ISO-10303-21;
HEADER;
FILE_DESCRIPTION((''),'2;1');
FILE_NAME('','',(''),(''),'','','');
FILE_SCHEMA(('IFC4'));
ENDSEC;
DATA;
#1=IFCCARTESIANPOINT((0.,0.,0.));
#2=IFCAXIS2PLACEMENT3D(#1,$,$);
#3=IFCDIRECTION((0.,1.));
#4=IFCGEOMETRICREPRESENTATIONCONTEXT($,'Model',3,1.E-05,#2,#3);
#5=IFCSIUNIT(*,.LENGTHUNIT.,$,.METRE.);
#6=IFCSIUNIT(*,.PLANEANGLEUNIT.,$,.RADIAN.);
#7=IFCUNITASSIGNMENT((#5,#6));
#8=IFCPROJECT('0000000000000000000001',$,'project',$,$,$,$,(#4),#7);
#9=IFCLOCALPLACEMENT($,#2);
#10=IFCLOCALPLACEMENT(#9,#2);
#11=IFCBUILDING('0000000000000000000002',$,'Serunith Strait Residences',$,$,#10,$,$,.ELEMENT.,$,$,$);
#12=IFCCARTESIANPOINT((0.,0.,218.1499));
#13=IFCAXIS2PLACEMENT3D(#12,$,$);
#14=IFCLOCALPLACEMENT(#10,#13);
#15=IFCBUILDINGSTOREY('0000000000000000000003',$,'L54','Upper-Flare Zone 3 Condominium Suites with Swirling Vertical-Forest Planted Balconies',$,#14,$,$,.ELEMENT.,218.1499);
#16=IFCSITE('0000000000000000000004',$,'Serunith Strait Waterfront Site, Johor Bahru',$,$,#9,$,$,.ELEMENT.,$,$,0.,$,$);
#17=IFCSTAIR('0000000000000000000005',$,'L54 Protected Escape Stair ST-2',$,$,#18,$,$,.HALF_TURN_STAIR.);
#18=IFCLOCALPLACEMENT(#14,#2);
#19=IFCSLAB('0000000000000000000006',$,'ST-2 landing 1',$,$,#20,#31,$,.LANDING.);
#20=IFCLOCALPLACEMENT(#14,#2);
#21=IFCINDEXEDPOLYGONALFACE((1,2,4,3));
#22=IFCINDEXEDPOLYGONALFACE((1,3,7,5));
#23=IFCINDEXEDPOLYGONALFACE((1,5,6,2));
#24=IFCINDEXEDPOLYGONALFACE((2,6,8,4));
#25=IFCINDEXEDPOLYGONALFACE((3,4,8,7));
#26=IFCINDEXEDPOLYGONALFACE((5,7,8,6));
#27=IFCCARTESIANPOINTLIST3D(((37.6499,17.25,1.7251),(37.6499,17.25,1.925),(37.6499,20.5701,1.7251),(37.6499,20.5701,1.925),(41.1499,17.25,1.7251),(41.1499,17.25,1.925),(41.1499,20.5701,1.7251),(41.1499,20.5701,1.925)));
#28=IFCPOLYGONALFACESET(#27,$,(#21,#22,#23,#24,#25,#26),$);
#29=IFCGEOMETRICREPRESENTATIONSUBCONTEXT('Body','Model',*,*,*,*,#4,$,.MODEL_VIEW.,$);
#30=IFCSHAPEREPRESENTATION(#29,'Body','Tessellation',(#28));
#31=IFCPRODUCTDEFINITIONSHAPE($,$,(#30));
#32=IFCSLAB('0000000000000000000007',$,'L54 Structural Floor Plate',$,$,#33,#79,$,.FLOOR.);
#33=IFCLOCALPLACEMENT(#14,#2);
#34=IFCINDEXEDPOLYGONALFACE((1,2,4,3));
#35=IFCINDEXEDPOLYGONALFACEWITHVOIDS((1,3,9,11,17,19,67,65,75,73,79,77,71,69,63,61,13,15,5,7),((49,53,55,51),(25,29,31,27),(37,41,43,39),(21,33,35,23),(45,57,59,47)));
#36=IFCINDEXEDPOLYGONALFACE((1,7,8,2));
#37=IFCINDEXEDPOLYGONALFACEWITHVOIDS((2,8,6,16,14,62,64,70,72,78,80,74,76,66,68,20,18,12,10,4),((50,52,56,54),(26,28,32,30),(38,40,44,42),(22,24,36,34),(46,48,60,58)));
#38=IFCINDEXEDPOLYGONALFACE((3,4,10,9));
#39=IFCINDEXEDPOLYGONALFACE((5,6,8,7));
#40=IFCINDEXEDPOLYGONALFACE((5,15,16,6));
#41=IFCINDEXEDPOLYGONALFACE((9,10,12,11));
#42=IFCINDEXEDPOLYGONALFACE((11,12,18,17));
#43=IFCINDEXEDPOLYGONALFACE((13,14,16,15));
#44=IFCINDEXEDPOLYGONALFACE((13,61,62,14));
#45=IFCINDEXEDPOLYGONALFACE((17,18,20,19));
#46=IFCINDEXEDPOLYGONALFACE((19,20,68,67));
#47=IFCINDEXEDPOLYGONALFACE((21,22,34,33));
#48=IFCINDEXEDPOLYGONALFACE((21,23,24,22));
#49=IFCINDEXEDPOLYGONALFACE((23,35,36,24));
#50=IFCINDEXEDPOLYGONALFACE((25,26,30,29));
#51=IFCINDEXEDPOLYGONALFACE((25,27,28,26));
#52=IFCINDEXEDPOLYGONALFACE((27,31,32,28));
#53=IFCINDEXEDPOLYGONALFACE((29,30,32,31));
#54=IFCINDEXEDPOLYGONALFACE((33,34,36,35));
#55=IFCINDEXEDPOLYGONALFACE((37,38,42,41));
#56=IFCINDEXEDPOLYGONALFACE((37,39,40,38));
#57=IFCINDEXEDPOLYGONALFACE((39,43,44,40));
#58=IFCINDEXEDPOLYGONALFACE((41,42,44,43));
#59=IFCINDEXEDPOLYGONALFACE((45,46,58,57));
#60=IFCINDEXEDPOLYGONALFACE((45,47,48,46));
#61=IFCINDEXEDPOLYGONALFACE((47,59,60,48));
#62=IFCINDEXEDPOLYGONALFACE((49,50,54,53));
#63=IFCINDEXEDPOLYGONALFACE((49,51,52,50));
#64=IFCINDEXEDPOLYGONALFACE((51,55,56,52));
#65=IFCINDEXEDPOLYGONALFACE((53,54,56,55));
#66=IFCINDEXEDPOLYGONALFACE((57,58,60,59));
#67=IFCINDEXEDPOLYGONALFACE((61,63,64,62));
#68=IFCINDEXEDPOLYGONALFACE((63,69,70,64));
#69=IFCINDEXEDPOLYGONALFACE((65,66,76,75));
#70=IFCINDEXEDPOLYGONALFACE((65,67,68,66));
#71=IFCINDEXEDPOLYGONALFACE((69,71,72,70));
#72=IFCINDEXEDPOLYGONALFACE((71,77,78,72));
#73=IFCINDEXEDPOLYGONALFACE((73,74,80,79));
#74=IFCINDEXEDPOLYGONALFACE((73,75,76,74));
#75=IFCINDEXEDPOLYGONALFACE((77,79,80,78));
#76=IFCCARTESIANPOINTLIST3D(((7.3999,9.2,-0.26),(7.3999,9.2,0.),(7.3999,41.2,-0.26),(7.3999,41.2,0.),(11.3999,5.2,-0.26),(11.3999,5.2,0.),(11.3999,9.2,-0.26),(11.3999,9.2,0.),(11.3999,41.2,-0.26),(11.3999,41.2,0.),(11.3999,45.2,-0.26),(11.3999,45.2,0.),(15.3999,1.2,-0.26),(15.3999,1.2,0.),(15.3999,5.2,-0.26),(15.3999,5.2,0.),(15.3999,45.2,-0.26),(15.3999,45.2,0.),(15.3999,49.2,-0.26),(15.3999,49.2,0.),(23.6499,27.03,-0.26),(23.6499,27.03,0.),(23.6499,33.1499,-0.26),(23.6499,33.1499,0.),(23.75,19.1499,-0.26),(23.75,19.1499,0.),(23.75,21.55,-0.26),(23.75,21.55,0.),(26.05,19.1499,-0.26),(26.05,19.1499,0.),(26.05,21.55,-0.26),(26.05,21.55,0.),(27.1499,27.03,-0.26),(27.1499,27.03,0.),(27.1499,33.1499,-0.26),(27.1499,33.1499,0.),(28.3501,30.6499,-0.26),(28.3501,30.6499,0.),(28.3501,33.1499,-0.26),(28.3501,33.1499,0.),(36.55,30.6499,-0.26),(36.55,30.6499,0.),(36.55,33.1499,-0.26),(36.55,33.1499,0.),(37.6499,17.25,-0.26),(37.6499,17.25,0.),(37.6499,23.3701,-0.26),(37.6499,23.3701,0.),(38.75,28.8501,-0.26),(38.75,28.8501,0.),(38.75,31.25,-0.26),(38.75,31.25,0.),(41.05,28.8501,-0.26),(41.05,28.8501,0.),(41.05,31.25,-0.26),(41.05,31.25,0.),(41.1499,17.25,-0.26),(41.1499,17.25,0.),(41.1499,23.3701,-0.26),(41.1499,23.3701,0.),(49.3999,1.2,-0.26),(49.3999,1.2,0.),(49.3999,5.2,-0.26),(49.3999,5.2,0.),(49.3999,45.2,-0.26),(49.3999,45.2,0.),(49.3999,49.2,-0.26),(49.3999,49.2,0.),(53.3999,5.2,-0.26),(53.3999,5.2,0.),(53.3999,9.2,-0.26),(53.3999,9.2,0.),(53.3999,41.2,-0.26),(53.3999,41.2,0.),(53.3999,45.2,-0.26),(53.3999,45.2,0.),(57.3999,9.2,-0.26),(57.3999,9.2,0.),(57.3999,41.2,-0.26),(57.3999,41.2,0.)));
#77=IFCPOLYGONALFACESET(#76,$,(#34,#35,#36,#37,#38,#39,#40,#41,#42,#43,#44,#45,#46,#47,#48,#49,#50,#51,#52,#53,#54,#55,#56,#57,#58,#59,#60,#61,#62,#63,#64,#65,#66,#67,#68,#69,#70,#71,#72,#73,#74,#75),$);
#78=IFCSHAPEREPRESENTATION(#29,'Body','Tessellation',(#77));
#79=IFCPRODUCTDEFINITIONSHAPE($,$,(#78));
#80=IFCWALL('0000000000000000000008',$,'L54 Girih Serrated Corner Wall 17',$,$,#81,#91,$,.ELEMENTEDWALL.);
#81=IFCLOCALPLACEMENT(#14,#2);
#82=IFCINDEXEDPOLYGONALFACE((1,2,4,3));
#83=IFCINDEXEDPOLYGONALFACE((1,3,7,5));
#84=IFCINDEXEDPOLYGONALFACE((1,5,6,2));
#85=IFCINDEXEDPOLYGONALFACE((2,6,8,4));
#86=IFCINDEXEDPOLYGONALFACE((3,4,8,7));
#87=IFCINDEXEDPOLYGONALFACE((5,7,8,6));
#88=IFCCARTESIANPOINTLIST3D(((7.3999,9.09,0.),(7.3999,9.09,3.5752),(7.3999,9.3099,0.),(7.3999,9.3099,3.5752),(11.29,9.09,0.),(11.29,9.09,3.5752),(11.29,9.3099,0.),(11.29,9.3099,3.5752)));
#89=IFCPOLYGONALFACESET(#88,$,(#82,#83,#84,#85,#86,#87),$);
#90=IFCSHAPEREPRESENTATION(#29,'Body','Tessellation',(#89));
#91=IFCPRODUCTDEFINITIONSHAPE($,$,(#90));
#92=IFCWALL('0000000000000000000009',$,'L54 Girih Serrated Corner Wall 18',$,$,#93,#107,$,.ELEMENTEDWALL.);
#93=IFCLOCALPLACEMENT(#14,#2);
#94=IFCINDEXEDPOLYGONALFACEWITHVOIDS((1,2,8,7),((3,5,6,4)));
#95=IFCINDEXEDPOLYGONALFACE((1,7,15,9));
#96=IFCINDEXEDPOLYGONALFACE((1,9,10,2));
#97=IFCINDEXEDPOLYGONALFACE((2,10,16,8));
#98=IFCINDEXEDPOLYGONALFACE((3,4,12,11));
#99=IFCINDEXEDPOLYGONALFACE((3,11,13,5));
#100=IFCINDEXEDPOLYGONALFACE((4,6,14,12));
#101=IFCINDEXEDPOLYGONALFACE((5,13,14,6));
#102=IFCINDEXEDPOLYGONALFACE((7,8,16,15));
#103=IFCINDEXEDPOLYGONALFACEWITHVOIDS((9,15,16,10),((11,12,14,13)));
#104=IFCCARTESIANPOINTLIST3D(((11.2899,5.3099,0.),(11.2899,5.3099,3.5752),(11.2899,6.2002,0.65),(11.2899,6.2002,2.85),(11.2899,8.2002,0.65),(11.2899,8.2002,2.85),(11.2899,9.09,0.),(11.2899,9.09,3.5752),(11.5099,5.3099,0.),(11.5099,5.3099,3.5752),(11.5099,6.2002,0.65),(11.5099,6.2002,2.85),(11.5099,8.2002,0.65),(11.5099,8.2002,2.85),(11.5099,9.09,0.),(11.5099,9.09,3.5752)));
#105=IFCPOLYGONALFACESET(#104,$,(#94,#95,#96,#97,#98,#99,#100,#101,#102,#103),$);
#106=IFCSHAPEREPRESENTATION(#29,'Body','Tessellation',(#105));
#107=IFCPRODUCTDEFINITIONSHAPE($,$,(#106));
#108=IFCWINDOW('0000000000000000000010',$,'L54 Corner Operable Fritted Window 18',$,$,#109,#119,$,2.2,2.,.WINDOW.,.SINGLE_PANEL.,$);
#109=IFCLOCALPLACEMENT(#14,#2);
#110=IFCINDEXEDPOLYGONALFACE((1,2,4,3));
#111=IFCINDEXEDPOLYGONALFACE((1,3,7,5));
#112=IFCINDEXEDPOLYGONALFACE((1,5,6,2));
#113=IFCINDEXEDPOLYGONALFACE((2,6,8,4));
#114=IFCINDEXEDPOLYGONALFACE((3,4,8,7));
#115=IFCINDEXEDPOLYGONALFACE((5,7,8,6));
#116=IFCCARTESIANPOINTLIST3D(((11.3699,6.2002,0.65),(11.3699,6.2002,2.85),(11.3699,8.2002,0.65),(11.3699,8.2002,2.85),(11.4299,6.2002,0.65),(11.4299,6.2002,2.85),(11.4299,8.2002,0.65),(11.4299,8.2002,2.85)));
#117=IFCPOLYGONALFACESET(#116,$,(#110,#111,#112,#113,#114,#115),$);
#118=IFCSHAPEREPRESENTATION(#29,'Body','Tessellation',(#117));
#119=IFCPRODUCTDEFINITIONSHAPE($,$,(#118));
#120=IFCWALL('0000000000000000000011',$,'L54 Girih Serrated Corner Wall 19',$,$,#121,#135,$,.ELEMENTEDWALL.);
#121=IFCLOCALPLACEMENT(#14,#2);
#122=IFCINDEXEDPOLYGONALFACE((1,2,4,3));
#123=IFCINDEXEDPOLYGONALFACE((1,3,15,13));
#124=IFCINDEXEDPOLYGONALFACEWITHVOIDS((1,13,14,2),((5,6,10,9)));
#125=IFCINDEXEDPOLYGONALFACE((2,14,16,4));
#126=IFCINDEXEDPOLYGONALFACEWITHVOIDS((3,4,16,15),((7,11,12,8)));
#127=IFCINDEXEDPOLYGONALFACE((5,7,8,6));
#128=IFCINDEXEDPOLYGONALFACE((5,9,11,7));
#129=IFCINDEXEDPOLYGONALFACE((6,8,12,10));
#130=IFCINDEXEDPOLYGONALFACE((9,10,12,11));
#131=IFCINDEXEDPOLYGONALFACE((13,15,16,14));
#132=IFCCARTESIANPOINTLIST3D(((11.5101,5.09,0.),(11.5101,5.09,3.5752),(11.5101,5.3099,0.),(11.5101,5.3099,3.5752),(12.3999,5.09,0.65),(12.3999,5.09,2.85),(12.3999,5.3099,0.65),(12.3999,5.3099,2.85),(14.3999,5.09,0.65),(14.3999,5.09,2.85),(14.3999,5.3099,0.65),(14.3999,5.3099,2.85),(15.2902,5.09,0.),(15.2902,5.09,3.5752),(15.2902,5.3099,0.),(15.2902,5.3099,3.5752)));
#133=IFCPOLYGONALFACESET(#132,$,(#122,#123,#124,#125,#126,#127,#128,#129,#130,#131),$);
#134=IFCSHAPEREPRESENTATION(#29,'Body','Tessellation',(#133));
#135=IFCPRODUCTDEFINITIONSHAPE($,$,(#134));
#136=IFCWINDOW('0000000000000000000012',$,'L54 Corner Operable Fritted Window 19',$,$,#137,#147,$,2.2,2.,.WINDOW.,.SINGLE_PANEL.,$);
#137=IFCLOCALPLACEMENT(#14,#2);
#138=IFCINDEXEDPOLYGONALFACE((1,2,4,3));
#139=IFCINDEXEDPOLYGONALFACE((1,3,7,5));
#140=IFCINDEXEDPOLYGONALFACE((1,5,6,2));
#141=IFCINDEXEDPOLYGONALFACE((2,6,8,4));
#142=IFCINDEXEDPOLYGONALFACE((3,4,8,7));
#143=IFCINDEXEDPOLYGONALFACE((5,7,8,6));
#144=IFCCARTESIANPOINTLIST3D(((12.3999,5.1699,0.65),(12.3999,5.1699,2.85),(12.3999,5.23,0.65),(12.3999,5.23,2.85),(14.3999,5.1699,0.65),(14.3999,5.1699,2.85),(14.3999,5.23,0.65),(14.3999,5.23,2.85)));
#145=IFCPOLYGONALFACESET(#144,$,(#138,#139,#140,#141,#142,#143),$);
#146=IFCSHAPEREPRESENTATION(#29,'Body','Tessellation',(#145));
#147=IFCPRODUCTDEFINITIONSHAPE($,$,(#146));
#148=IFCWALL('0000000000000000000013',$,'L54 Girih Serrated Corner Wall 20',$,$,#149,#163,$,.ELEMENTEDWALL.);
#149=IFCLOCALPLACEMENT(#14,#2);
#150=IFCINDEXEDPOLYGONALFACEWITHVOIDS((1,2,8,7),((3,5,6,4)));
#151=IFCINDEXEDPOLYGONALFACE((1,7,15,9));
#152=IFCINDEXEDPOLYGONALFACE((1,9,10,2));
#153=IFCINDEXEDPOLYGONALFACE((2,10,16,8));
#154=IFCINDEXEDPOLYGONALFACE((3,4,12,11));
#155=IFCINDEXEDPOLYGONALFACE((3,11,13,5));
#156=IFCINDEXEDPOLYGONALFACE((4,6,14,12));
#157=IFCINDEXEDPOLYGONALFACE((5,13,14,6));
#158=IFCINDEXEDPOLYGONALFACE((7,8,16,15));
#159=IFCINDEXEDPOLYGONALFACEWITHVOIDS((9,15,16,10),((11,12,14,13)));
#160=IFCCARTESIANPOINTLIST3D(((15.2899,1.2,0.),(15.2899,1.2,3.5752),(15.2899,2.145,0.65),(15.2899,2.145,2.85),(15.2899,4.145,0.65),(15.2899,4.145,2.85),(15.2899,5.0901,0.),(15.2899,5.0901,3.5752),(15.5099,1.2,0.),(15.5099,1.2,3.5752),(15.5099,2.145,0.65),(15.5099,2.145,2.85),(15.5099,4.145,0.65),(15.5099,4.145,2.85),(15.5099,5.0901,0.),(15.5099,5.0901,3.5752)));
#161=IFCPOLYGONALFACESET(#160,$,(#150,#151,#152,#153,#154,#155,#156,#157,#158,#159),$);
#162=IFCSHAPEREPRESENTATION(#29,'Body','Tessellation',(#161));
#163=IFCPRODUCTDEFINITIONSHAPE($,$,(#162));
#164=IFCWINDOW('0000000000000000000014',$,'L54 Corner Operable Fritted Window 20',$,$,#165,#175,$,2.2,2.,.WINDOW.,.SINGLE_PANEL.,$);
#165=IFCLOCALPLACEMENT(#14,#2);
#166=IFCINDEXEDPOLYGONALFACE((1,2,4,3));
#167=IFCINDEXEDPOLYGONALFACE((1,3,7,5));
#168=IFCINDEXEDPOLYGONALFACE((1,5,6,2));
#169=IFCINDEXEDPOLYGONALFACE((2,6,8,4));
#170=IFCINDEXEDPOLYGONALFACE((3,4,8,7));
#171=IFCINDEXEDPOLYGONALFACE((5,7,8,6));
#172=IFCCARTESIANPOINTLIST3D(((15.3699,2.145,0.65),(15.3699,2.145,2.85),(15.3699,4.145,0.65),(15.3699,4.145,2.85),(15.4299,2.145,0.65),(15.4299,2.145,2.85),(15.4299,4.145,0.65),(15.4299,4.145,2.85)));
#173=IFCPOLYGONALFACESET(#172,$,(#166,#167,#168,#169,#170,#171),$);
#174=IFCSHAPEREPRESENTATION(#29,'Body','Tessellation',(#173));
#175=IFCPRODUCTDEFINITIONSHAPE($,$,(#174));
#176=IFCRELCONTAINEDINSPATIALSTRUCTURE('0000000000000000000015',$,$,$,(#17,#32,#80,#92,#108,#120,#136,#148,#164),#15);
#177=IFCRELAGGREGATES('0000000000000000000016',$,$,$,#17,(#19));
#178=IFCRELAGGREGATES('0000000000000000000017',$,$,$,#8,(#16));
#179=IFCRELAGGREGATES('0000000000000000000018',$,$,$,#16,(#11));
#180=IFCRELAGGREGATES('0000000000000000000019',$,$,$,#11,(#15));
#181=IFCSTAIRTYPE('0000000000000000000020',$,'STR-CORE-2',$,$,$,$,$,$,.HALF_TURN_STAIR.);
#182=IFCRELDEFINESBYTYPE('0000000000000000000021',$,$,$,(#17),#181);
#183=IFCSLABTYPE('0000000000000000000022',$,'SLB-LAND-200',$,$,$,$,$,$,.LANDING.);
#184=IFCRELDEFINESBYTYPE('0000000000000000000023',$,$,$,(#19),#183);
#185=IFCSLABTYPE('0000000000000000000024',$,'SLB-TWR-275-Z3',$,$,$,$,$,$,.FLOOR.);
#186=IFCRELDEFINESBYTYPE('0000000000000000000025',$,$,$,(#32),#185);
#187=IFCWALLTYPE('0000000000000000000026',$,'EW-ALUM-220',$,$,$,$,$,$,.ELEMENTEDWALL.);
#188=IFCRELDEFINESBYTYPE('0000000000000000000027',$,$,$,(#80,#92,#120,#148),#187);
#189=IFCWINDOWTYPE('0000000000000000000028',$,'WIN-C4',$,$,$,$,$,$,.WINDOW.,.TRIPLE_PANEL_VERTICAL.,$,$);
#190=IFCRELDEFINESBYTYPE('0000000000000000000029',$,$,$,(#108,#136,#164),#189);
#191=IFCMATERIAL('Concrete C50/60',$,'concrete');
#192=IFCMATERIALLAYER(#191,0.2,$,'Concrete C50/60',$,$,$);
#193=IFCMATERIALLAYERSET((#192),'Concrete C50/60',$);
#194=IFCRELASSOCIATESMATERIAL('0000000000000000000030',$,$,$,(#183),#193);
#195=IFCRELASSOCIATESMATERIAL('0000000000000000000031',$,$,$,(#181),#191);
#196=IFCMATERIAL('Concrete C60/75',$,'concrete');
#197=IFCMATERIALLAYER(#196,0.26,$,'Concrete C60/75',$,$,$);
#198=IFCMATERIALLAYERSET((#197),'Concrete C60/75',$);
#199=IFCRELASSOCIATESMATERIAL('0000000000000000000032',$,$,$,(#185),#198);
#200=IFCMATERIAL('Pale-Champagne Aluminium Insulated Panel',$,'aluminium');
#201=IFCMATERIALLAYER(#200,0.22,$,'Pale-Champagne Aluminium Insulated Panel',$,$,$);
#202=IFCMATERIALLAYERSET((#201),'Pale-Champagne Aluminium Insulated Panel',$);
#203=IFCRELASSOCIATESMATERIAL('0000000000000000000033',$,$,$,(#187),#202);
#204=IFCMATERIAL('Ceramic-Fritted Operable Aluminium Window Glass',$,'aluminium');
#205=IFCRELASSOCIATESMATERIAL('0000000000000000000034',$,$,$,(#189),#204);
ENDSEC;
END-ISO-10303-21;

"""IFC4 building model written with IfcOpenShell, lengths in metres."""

from ifc_helpers import new_model, si_unit, direction, frame, frame_2d, origin, place, context, subcontext, project, spatial, polyline, rectangle, outline, extrude, source, transform, mapped, material, layer, layer_set, type_object, element, fill, aggregate, save


model = new_model("IFC4")

# Units and contexts
model_context = context("Model", 3, precision=1e-05, world=origin(), true_north=direction((0.0, 1.0)))
body_context = subcontext(model_context, "Body", "Model", "MODEL_VIEW")
ifc_project = project(units=[si_unit("LENGTHUNIT", "METRE"), si_unit("PLANEANGLEUNIT", "RADIAN")], contexts=[model_context])

# Site, building, storey
site_placement = place(None, origin())
site = spatial("IfcSite", under=ifc_project, at=site_placement, Name="Serunith Strait Waterfront Site, Johor Bahru", CompositionType="ELEMENT", RefElevation=0.0)
building_placement = place(site_placement, origin())
building = spatial("IfcBuilding", under=site, at=building_placement, Name="Serunith Strait Residences", CompositionType="ELEMENT")
storey_placement = place(building_placement, frame((0.0, 0.0, 218.1499)))
storey = spatial("IfcBuildingStorey", under=building, at=storey_placement, Name="L54", Description="Upper-Flare Zone 3 Condominium Suites with Swirling Vertical-Forest Planted Balconies", CompositionType="ELEMENT", Elevation=218.1499)

# Shared definitions
ifc_material_1 = material(Name="Concrete C50/60", Category="concrete")

# Stair, slab
ifc_layer_1 = layer(ifc_material_1, 0.2, Name="Concrete C50/60")
ifc_layer_set_1 = layer_set([ifc_layer_1], Name="Concrete C50/60")
slab_type_1 = type_object("IfcSlabType", Name="SLB-LAND-200", PredefinedType="LANDING", material=ifc_layer_set_1)
stair_type_1 = type_object("IfcStairType", Name="STR-CORE-2", PredefinedType="HALF_TURN_STAIR", material=ifc_material_1)
stair_1_placement = place(storey_placement, origin())
stair_1 = element("IfcStair", 1, at=stair_1_placement, inside=storey, type_object=stair_type_1, Name="L54 Protected Escape Stair ST-2", PredefinedType="HALF_TURN_STAIR")
slab_1_placement = place(storey_placement, frame((0.0, 0.0, 1.7251)))
slab_1 = element("IfcSlab", 2, at=slab_1_placement, type_object=slab_type_1, Name="ST-2 landing 1", PredefinedType="LANDING", context=body_context, shape_type="SweptSolid", body=[
    extrude(outline(polyline([(37.6499, 20.5701), (37.6499, 17.25), (41.1499, 17.25), (41.1499, 20.5701), (37.6499, 20.5701)])), origin(), (0.0, 0.0, 1.0), 0.2),
])
aggregate(stair_1, [slab_1])

# Slab
ifc_material_2 = material(Name="Concrete C60/75", Category="concrete")
ifc_layer_2 = layer(ifc_material_2, 0.26, Name="Concrete C60/75")
ifc_layer_set_2 = layer_set([ifc_layer_2], Name="Concrete C60/75")
slab_type_2 = type_object("IfcSlabType", Name="SLB-TWR-275-Z3", PredefinedType="FLOOR", material=ifc_layer_set_2)
slab_2_placement = place(storey_placement, frame((0.0, 0.0, -0.26)))
element("IfcSlab", 3, at=slab_2_placement, inside=storey, type_object=slab_type_2, Name="L54 Structural Floor Plate", PredefinedType="FLOOR", context=body_context, shape_type="SweptSolid", body=[
    extrude(outline(polyline([(15.3999, 5.2), (11.3999, 5.2), (11.3999, 9.2), (7.3999, 9.2), (7.3999, 41.2), (11.3999, 41.2), (11.3999, 45.2), (15.3999, 45.2), (15.3999, 49.2), (49.3999, 49.2), (49.3999, 45.2), (53.3999, 45.2), (53.3999, 41.2), (57.3999, 41.2), (57.3999, 9.2), (53.3999, 9.2), (53.3999, 5.2), (49.3999, 5.2), (49.3999, 1.2), (15.3999, 1.2), (15.3999, 5.2)]), holes=[polyline([(41.1499, 23.3701), (37.6499, 23.3701), (37.6499, 17.25), (41.1499, 17.25), (41.1499, 23.3701)]), polyline([(38.75, 31.25), (38.75, 28.8501), (41.05, 28.8501), (41.05, 31.25), (38.75, 31.25)]), polyline([(36.55, 33.1499), (28.3501, 33.1499), (28.3501, 30.6499), (36.55, 30.6499), (36.55, 33.1499)]), polyline([(23.6499, 33.1499), (23.6499, 27.03), (27.1499, 27.03), (27.1499, 33.1499), (23.6499, 33.1499)]), polyline([(23.75, 21.55), (23.75, 19.1499), (26.05, 19.1499), (26.05, 21.55), (23.75, 21.55)])]), origin(), (0.0, 0.0, 1.0), 0.26),
])

# Wall
ifc_material_3 = material(Name="Pale-Champagne Aluminium Insulated Panel", Category="aluminium")
ifc_layer_3 = layer(ifc_material_3, 0.22, Name="Pale-Champagne Aluminium Insulated Panel")
ifc_layer_set_3 = layer_set([ifc_layer_3], Name="Pale-Champagne Aluminium Insulated Panel")
wall_type_1 = type_object("IfcWallType", Name="EW-ALUM-220", PredefinedType="ELEMENTEDWALL", material=ifc_layer_set_3)
wall_1_placement = place(storey_placement, frame((7.3999, 9.2, 0.0), z_axis=(0.0, 0.0, 1.0), x_axis=(1.0, 0.0, 0.0)))
element("IfcWall", 4, at=wall_1_placement, inside=storey, type_object=wall_type_1, Name="L54 Girih Serrated Corner Wall 17", PredefinedType="ELEMENTEDWALL", context=body_context, shape_type="SweptSolid", body=[
    extrude(rectangle(XDim=3.8901, YDim=0.22, at=frame_2d((1.9451, 0.0))), origin(), (0.0, 0.0, 1.0), 3.5752),
])

# Walls, openings, windows
wall_2_placement = place(storey_placement, frame((11.3999, 9.0901, 0.0), z_axis=(0.0, 0.0, 1.0), x_axis=(0.0, -1.0, 0.0)))
wall_2 = element("IfcWall", 5, at=wall_2_placement, inside=storey, type_object=wall_type_1, Name="L54 Girih Serrated Corner Wall 18", PredefinedType="ELEMENTEDWALL", context=body_context, shape_type="SweptSolid", body=[
    extrude(rectangle(XDim=3.78, YDim=0.22, at=frame_2d((1.8901, 0.0))), origin(), (0.0, 0.0, 1.0), 3.5752),
])
opening_1_placement = place(wall_2_placement, frame((0.8899, 0.0, 0.6499)))
opening_1 = element("IfcOpeningElement", 6, at=opening_1_placement, cuts=wall_2, PredefinedType="OPENING", context=body_context, shape_type="SweptSolid", body=[
    extrude(rectangle(XDim=2.0, YDim=2.2, at=frame_2d((1.0, 1.1001))), frame((0.0, 0.1201, 0.0), z_axis=(0.0, -1.0, 0.0), x_axis=(1.0, 0.0, 0.0)), (0.0, 0.0, 1.0), 0.24),
])
ifc_material_4 = material(Name="Ceramic-Fritted Operable Aluminium Window Glass", Category="aluminium")
window_type = type_object("IfcWindowType", Name="WIN-C4", PartitioningType="TRIPLE_PANEL_VERTICAL", PredefinedType="WINDOW", material=ifc_material_4)
shared_shape_1 = source(origin(), body_context, "Body", "SweptSolid", [
    extrude(rectangle(XDim=2.0, YDim=2.2, at=frame_2d((1.0, 1.1001))), frame((0.0, 0.03, 0.0), z_axis=(0.0, -1.0, 0.0), x_axis=(1.0, 0.0, 0.0)), (0.0, 0.0, 1.0), 0.0601),
])
window_1_placement = place(opening_1_placement, origin())
window_1 = element("IfcWindow", 7, at=window_1_placement, inside=storey, type_object=window_type, Name="L54 Corner Operable Fritted Window 18", OverallHeight=2.2, OverallWidth=2.0, PartitioningType="SINGLE_PANEL", PredefinedType="WINDOW", context=body_context, shape_type="MappedRepresentation", body=[
    mapped(shared_shape_1, transform((0.0, 0.0, 0.0), scale=1.0)),
])
fill(opening_1, window_1)
wall_3_placement = place(storey_placement, frame((11.51, 5.2, 0.0), z_axis=(0.0, 0.0, 1.0), x_axis=(1.0, 0.0, 0.0)))
wall_3 = element("IfcWall", 8, at=wall_3_placement, inside=storey, type_object=wall_type_1, Name="L54 Girih Serrated Corner Wall 19", PredefinedType="ELEMENTEDWALL", context=body_context, shape_type="SweptSolid", body=[
    extrude(rectangle(XDim=3.78, YDim=0.22, at=frame_2d((1.8901, 0.0))), origin(), (0.0, 0.0, 1.0), 3.5752),
])
opening_2_placement = place(wall_3_placement, frame((0.8899, 0.0, 0.6499)))
opening_2 = element("IfcOpeningElement", 9, at=opening_2_placement, cuts=wall_3, PredefinedType="OPENING", context=body_context, shape_type="SweptSolid", body=[
    extrude(rectangle(XDim=2.0, YDim=2.2, at=frame_2d((1.0, 1.1001))), frame((0.0, 0.1201, 0.0), z_axis=(0.0, -1.0, 0.0), x_axis=(1.0, 0.0, 0.0)), (0.0, 0.0, 1.0), 0.24),
])
window_2_placement = place(opening_2_placement, origin())
window_2 = element("IfcWindow", 10, at=window_2_placement, inside=storey, type_object=window_type, Name="L54 Corner Operable Fritted Window 19", OverallHeight=2.2, OverallWidth=2.0, PartitioningType="SINGLE_PANEL", PredefinedType="WINDOW", context=body_context, shape_type="MappedRepresentation", body=[
    mapped(shared_shape_1, transform((0.0, 0.0, 0.0), scale=1.0)),
])
fill(opening_2, window_2)
wall_4_placement = place(storey_placement, frame((15.3999, 5.0901, 0.0), z_axis=(0.0, 0.0, 1.0), x_axis=(0.0, -1.0, 0.0)))
wall_4 = element("IfcWall", 11, at=wall_4_placement, inside=storey, type_object=wall_type_1, Name="L54 Girih Serrated Corner Wall 20", PredefinedType="ELEMENTEDWALL", context=body_context, shape_type="SweptSolid", body=[
    extrude(rectangle(XDim=3.8901, YDim=0.22, at=frame_2d((1.9451, 0.0))), origin(), (0.0, 0.0, 1.0), 3.5752),
])
opening_3_placement = place(wall_4_placement, frame((0.9451, 0.0, 0.6499)))
opening_3 = element("IfcOpeningElement", 12, at=opening_3_placement, cuts=wall_4, PredefinedType="OPENING", context=body_context, shape_type="SweptSolid", body=[
    extrude(rectangle(XDim=2.0, YDim=2.2, at=frame_2d((1.0, 1.1001))), frame((0.0, 0.1201, 0.0), z_axis=(0.0, -1.0, 0.0), x_axis=(1.0, 0.0, 0.0)), (0.0, 0.0, 1.0), 0.24),
])
window_3_placement = place(opening_3_placement, origin())
window_3 = element("IfcWindow", 13, at=window_3_placement, inside=storey, type_object=window_type, Name="L54 Corner Operable Fritted Window 20", OverallHeight=2.2, OverallWidth=2.0, PartitioningType="SINGLE_PANEL", PredefinedType="WINDOW", context=body_context, shape_type="MappedRepresentation", body=[
    mapped(shared_shape_1, transform((0.0, 0.0, 0.0), scale=1.0)),
])
fill(opening_3, window_3)

save(model, "model.ifc")
